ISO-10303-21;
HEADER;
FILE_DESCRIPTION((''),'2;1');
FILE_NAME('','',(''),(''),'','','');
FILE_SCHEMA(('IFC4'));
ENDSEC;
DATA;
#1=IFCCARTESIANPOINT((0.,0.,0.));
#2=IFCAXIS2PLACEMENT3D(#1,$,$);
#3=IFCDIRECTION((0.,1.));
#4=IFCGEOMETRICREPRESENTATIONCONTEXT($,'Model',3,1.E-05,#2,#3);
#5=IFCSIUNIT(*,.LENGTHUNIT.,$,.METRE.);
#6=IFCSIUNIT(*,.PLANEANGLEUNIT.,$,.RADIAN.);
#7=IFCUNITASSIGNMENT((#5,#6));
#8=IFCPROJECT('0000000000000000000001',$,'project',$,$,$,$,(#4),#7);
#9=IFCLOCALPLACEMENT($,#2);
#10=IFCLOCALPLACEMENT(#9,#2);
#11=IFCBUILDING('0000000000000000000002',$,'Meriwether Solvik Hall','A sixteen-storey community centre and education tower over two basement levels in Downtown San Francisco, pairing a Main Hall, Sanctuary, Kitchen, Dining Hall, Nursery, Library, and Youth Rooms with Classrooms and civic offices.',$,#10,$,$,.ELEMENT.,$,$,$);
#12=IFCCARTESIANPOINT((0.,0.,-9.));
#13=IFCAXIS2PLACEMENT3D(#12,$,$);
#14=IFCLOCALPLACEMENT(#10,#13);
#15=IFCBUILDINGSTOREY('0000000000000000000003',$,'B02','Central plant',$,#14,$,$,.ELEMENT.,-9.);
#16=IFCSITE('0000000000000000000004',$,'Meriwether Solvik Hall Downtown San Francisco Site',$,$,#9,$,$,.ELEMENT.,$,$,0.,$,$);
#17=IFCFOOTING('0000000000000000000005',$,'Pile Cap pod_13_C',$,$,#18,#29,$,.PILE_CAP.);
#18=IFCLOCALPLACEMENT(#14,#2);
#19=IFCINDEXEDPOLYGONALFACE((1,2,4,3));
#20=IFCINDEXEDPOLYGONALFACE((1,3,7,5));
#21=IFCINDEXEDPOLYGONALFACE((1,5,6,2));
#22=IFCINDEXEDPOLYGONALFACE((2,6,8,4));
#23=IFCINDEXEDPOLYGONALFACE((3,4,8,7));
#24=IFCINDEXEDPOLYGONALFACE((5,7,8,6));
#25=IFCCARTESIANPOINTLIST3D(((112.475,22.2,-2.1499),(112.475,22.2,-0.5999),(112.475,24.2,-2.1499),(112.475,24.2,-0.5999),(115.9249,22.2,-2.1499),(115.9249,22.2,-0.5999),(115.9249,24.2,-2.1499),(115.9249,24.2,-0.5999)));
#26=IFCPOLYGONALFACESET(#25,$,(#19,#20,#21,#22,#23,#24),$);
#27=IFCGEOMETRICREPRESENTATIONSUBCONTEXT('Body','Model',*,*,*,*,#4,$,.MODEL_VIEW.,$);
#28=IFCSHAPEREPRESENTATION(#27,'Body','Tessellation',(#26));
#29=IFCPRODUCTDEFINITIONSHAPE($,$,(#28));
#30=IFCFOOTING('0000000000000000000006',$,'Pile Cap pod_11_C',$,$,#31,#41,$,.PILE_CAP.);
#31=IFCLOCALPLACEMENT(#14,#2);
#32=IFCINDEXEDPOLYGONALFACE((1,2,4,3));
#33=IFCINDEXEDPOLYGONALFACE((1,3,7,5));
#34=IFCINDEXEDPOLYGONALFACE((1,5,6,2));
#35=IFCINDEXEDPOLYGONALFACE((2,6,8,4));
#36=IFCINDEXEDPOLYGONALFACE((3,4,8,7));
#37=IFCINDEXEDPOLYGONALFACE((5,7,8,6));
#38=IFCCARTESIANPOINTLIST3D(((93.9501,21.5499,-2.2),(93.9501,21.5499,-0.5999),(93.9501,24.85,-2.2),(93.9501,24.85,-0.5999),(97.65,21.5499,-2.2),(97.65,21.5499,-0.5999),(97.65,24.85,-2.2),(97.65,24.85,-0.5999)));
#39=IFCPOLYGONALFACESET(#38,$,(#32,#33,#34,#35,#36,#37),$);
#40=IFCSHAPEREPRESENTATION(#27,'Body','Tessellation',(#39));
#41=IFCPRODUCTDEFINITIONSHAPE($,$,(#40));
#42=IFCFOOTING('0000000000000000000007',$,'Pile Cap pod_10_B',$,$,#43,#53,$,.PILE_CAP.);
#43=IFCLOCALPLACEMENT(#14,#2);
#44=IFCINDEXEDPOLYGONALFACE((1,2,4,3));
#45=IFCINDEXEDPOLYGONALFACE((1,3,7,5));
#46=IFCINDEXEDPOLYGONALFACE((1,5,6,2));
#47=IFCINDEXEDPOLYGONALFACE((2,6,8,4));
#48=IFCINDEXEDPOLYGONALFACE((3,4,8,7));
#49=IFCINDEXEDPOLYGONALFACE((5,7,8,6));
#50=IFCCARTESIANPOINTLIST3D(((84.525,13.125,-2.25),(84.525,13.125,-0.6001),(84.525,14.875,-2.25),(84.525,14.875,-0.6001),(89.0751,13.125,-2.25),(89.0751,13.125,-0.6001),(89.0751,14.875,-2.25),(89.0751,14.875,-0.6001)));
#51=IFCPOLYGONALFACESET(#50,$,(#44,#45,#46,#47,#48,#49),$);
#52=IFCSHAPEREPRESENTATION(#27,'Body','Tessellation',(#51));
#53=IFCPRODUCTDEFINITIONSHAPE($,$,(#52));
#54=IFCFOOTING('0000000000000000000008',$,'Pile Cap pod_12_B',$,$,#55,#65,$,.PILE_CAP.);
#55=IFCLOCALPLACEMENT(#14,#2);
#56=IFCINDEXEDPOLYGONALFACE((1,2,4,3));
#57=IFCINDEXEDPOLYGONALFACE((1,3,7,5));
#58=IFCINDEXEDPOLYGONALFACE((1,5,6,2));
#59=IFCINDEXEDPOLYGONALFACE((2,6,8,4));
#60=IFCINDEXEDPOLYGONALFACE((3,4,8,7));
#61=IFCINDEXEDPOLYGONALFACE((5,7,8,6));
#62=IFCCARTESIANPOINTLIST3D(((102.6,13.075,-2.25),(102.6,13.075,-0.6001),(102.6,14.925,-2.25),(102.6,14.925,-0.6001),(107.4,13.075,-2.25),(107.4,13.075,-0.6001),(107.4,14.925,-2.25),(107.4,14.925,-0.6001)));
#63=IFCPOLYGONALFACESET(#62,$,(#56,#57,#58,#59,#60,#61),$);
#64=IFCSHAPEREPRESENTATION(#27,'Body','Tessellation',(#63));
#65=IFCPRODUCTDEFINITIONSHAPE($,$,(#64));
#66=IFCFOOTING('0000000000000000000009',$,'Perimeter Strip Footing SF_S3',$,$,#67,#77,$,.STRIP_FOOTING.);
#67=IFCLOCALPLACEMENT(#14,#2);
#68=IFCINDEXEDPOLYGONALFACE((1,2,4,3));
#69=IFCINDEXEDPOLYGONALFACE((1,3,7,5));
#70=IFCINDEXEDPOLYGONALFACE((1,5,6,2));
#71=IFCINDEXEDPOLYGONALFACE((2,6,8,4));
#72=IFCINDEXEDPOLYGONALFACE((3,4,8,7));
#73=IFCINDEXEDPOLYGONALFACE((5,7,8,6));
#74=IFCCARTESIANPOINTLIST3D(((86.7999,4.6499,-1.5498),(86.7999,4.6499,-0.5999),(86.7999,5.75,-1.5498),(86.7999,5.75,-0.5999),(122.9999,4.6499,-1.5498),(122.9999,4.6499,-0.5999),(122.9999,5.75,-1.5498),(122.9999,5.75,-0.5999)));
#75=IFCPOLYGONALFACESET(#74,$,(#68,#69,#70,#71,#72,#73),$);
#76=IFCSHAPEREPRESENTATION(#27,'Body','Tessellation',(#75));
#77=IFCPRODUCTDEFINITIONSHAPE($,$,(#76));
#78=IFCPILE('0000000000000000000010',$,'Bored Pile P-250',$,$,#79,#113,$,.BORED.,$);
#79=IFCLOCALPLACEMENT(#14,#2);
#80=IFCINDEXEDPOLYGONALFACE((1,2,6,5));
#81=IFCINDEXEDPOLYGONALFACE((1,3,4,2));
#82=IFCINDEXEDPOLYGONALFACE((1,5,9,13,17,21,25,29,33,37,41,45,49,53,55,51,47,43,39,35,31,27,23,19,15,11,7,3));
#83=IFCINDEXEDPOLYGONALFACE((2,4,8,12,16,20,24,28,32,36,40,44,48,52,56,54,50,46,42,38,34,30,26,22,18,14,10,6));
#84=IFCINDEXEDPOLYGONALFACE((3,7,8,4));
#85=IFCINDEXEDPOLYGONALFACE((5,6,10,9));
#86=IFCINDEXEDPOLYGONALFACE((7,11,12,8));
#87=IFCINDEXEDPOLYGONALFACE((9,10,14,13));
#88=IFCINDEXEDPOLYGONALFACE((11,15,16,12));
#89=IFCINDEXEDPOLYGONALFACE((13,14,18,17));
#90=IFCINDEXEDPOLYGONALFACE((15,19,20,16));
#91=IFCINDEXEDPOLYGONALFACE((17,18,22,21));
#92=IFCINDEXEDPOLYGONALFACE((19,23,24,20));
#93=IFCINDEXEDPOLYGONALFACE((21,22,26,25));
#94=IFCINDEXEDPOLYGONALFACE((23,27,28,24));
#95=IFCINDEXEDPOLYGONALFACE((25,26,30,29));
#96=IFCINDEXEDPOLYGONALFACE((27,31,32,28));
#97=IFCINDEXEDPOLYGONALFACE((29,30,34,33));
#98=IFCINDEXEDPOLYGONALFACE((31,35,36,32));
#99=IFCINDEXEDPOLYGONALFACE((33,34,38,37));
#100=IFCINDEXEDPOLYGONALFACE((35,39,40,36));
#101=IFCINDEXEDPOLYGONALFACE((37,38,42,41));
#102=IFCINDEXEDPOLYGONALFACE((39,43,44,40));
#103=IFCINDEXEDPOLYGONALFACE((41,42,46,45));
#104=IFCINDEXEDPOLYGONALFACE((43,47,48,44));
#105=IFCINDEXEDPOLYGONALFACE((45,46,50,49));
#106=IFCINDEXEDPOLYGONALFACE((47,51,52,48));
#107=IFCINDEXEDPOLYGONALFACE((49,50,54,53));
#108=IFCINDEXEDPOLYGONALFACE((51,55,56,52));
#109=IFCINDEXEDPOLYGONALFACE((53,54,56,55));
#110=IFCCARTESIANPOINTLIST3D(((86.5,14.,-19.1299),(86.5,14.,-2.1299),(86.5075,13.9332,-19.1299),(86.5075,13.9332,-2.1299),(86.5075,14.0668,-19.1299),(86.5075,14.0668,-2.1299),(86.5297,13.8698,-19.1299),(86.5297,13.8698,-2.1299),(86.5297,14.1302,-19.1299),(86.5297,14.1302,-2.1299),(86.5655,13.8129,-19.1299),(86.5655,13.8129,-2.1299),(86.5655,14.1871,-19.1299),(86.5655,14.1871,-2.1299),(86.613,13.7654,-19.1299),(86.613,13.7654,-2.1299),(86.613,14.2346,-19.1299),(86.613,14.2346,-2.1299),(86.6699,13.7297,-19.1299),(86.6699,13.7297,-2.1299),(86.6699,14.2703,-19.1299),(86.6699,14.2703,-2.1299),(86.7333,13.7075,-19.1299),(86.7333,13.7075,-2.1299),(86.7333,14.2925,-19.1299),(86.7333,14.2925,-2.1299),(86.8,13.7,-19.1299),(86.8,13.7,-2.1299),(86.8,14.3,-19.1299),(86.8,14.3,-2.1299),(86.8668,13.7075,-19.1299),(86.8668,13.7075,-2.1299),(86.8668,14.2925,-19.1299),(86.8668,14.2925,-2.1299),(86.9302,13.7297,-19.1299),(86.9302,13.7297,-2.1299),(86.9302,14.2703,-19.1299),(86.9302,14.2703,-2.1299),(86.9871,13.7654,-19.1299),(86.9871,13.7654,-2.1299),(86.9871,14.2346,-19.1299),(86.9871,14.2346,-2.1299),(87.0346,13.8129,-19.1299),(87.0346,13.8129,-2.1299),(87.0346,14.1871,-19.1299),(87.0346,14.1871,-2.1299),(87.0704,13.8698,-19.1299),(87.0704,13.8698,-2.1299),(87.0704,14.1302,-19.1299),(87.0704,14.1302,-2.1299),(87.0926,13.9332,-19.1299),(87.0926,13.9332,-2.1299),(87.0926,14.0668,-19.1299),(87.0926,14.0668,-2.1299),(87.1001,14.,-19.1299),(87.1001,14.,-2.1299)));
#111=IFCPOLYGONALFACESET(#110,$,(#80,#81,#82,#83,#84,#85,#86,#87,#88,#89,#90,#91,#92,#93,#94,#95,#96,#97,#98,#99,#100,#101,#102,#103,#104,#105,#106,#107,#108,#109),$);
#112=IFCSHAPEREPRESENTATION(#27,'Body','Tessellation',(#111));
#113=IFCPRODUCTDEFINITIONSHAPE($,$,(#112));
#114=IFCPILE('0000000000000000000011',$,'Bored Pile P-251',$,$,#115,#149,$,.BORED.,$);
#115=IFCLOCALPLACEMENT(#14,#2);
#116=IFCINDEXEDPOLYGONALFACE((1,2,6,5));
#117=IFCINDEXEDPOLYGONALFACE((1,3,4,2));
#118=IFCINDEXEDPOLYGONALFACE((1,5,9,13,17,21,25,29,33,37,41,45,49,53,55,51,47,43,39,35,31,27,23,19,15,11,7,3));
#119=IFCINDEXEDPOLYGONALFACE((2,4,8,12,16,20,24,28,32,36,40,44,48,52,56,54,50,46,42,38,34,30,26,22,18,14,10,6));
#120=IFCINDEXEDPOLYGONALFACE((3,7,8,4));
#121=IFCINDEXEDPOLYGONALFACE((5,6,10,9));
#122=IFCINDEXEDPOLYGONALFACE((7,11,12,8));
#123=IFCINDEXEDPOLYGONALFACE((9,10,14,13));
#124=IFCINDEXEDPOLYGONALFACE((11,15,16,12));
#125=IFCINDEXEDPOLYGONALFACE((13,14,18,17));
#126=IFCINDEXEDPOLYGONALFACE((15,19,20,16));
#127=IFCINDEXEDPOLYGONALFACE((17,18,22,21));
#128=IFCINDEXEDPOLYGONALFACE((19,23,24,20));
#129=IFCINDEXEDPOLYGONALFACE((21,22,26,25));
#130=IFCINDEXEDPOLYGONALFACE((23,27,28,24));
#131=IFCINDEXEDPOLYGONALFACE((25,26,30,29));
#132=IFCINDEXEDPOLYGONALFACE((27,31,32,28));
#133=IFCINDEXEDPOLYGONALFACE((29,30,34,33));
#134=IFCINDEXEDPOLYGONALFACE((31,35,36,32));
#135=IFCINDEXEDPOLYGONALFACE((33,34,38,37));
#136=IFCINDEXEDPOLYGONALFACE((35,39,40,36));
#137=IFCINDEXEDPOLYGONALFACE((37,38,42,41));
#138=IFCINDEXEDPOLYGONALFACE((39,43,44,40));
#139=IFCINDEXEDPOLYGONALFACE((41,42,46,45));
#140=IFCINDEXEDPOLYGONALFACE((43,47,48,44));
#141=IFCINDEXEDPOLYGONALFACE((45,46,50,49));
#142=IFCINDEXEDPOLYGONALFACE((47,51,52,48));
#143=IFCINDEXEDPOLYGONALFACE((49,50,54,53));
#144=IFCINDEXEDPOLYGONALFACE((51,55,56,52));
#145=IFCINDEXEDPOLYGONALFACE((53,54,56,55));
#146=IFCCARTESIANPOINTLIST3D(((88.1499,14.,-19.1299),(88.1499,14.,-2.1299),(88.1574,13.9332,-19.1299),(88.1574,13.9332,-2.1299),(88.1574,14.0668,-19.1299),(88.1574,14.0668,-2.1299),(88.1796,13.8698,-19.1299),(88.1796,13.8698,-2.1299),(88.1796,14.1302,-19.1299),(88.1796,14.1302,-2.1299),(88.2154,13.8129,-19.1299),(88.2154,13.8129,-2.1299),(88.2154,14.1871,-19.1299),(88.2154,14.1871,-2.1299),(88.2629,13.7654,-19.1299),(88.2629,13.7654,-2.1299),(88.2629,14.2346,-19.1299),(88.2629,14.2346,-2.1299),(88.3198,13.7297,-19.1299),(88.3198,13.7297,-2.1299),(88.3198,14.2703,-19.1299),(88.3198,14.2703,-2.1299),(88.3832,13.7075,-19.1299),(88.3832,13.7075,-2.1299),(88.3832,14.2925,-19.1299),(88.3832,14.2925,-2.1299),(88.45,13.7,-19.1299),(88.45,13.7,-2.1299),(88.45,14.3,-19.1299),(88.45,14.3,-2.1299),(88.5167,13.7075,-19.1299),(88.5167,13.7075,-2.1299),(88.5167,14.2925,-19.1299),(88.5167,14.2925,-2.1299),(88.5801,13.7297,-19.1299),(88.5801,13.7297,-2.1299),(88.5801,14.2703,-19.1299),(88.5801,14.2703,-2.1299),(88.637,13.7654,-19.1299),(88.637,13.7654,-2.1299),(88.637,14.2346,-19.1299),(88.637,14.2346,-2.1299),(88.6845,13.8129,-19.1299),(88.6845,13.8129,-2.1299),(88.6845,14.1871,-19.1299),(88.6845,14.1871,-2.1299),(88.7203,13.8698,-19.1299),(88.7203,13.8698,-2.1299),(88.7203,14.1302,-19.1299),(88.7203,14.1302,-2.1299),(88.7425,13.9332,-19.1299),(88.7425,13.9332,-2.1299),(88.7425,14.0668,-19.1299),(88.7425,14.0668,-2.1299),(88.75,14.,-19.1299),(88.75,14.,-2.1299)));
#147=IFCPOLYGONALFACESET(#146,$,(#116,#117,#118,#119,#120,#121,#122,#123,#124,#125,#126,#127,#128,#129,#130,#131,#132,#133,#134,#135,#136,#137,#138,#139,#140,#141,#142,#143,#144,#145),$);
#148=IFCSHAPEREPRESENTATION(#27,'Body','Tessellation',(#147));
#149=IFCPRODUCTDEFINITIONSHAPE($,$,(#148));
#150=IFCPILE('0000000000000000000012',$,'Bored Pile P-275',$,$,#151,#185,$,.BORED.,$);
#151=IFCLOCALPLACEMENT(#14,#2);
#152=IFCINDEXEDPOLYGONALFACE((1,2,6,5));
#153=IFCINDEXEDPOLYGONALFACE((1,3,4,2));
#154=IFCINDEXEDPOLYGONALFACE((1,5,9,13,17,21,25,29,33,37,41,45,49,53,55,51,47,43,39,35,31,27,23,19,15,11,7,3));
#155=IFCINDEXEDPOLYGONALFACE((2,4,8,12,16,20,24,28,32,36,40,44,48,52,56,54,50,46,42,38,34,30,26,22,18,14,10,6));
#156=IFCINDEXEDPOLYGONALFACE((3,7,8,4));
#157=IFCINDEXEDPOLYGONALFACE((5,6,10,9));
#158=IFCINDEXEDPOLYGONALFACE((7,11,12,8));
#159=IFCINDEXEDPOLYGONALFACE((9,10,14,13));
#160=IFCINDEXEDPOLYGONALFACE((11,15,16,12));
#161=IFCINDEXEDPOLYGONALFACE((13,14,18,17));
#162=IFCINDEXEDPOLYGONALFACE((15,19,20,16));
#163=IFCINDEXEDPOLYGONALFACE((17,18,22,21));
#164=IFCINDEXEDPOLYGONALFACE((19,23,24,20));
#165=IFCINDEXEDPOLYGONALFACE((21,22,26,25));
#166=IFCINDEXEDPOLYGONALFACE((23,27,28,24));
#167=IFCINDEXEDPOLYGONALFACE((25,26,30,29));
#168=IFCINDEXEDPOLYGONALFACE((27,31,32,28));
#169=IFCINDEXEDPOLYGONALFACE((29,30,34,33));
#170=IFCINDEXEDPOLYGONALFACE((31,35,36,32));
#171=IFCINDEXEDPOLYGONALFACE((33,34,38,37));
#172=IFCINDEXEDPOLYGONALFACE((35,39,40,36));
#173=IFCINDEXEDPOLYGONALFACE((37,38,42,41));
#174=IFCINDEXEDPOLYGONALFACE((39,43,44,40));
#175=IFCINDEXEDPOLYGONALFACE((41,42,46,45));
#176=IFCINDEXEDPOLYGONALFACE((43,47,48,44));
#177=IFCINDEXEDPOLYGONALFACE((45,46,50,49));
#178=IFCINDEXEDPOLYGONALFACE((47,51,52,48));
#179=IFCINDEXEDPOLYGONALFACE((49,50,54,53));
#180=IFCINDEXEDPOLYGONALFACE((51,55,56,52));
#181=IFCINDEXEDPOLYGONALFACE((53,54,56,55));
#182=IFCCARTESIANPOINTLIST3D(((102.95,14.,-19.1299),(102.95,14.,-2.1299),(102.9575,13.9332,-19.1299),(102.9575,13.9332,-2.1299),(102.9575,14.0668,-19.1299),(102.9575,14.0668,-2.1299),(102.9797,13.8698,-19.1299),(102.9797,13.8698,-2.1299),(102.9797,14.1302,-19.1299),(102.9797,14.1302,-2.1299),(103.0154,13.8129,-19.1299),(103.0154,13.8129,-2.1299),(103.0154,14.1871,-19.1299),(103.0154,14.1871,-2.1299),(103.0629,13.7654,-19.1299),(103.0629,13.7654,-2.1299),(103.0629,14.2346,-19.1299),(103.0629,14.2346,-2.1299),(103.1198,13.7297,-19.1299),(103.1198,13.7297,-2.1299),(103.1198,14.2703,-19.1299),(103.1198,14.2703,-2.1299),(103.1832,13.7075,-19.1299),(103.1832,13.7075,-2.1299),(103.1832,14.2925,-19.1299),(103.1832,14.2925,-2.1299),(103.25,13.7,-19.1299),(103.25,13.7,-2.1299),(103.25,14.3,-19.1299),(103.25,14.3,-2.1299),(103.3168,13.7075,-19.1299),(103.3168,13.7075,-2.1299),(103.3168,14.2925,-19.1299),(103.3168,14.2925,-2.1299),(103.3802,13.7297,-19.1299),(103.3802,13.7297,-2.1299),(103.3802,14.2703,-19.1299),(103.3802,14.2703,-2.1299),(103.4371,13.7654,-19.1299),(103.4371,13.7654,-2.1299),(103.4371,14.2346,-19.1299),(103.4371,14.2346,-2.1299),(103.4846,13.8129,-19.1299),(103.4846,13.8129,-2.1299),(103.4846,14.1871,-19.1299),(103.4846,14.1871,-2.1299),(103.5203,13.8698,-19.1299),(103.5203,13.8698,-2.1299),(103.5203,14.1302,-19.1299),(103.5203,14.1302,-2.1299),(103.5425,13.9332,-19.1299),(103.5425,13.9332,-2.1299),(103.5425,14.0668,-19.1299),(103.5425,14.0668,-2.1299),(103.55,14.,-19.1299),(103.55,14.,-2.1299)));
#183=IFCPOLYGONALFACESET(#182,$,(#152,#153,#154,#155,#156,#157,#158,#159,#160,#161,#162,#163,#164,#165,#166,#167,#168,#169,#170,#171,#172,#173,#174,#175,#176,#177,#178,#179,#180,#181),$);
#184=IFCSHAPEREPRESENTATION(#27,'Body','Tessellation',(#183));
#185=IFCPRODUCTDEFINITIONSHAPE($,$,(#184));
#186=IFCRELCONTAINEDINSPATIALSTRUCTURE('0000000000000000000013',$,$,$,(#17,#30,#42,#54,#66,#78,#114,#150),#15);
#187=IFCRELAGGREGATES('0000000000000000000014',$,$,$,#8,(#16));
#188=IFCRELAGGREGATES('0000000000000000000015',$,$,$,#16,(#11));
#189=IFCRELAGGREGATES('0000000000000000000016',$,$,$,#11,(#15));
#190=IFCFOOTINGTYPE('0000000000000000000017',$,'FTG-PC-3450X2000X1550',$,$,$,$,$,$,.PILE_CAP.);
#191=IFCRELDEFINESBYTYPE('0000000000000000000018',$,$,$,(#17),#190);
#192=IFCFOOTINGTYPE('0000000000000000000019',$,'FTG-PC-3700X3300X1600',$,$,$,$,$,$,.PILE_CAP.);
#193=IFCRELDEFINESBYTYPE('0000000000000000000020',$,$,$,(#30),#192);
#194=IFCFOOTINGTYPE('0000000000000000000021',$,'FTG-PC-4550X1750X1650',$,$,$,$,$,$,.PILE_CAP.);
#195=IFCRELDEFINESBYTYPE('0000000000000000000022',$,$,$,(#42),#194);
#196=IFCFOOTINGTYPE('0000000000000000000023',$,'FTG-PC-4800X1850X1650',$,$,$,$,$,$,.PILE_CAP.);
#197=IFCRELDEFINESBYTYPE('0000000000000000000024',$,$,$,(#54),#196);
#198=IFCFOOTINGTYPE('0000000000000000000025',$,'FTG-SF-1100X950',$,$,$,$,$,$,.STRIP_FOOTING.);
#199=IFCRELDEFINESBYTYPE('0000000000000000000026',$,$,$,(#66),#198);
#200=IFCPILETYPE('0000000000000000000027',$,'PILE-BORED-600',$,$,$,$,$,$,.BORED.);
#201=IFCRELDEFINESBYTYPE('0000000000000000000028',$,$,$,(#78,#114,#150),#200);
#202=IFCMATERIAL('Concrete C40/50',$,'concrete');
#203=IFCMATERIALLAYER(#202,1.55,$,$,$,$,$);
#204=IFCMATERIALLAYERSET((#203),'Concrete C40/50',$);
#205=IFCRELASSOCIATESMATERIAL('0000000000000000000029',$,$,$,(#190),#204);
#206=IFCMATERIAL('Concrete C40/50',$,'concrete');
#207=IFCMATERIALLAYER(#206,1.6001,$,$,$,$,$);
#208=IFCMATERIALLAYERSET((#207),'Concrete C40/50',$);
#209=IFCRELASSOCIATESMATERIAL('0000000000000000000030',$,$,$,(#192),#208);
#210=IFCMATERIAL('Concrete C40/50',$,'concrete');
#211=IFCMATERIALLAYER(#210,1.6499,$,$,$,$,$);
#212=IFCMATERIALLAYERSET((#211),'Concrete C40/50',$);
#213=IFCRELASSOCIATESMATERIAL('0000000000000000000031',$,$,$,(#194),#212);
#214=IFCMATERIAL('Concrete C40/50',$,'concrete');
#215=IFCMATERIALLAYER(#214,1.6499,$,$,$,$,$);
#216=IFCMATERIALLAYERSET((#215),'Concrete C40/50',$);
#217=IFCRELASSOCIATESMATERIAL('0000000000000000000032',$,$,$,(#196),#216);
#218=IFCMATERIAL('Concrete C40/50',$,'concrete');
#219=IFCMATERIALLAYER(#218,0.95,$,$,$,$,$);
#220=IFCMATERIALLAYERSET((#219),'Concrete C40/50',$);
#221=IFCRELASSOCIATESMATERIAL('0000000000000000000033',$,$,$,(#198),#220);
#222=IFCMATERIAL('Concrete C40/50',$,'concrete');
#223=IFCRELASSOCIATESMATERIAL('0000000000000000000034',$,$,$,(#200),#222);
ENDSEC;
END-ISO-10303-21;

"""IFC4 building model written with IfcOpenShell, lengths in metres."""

from ifc_helpers import new_model, si_unit, direction, frame, origin, origin_2d, place, context, subcontext, project, spatial, rectangle, circle, extrude, material, layer, layer_set, material_profile, profile_set, type_object, element, save


model = new_model("IFC4")

# Units and contexts
model_context = context("Model", 3, precision=1e-05, world=origin(), true_north=direction((0.0, 1.0)))
body_context = subcontext(model_context, "Body", "Model", "MODEL_VIEW")
ifc_project = project(units=[si_unit("LENGTHUNIT", "METRE"), si_unit("PLANEANGLEUNIT", "RADIAN")], contexts=[model_context])

# Site, building, storey
site_placement = place(None, origin())
site = spatial("IfcSite", under=ifc_project, at=site_placement, Name="Meriwether Solvik Hall Downtown San Francisco Site", CompositionType="ELEMENT", RefElevation=0.0)
building_placement = place(site_placement, origin())
building = spatial("IfcBuilding", under=site, at=building_placement, Name="Meriwether Solvik Hall", Description="A sixteen-storey community centre and education tower over two basement levels in Downtown San Francisco, pairing a Main Hall, Sanctuary, Kitchen, Dining Hall, Nursery, Library, and Youth Rooms with Classrooms and civic offices.", CompositionType="ELEMENT")
storey_placement = place(building_placement, frame((0.0, 0.0, -9.0)))
storey = spatial("IfcBuildingStorey", under=building, at=storey_placement, Name="B02", Description="Central plant", CompositionType="ELEMENT", Elevation=-9.0)

# Footings
ifc_material_1 = material(Name="Concrete C40/50", Category="concrete")
ifc_layer_1 = layer(ifc_material_1, 1.55)
ifc_layer_set_1 = layer_set([ifc_layer_1], Name="Concrete C40/50")
footing_type_1 = type_object("IfcFootingType", Name="FTG-PC-3450X2000X1550", PredefinedType="PILE_CAP", material=ifc_layer_set_1)
footing_1_placement = place(storey_placement, frame((114.2, 23.2, -2.1499), z_axis=(0.0, 0.0, 1.0), x_axis=(1.0, 0.0, 0.0)))
element("IfcFooting", 1, at=footing_1_placement, inside=storey, type_object=footing_type_1, Name="Pile Cap pod_13_C", PredefinedType="PILE_CAP", context=body_context, shape_type="SweptSolid", body=[
    extrude(rectangle(XDim=3.45, YDim=2.0, at=origin_2d()), origin(), (0.0, 0.0, 1.0), 1.55),
])
ifc_material_2 = material(Name="Concrete C40/50", Category="concrete")
ifc_layer_2 = layer(ifc_material_2, 1.6001)
ifc_layer_set_2 = layer_set([ifc_layer_2], Name="Concrete C40/50")
footing_type_2 = type_object("IfcFootingType", Name="FTG-PC-3700X3300X1600", PredefinedType="PILE_CAP", material=ifc_layer_set_2)
footing_2_placement = place(storey_placement, frame((95.8, 23.2, -2.2), z_axis=(0.0, 0.0, 1.0), x_axis=(1.0, 0.0, 0.0)))
element("IfcFooting", 2, at=footing_2_placement, inside=storey, type_object=footing_type_2, Name="Pile Cap pod_11_C", PredefinedType="PILE_CAP", context=body_context, shape_type="SweptSolid", body=[
    extrude(rectangle(XDim=3.7, YDim=3.3, at=origin_2d()), origin(), (0.0, 0.0, 1.0), 1.6001),
])
ifc_material_3 = material(Name="Concrete C40/50", Category="concrete")
ifc_layer_3 = layer(ifc_material_3, 1.6499)
ifc_layer_set_3 = layer_set([ifc_layer_3], Name="Concrete C40/50")
footing_type_3 = type_object("IfcFootingType", Name="FTG-PC-4550X1750X1650", PredefinedType="PILE_CAP", material=ifc_layer_set_3)
footing_3_placement = place(storey_placement, frame((86.8, 14.0, -2.25), z_axis=(0.0, 0.0, 1.0), x_axis=(1.0, 0.0, 0.0)))
element("IfcFooting", 3, at=footing_3_placement, inside=storey, type_object=footing_type_3, Name="Pile Cap pod_10_B", PredefinedType="PILE_CAP", context=body_context, shape_type="SweptSolid", body=[
    extrude(rectangle(XDim=4.55, YDim=1.75, at=origin_2d()), origin(), (0.0, 0.0, 1.0), 1.6499),
])
ifc_material_4 = material(Name="Concrete C40/50", Category="concrete")
ifc_layer_4 = layer(ifc_material_4, 1.6499)
ifc_layer_set_4 = layer_set([ifc_layer_4], Name="Concrete C40/50")
footing_type_4 = type_object("IfcFootingType", Name="FTG-PC-4800X1850X1650", PredefinedType="PILE_CAP", material=ifc_layer_set_4)
footing_4_placement = place(storey_placement, frame((105.0, 14.0, -2.25), z_axis=(0.0, 0.0, 1.0), x_axis=(1.0, 0.0, 0.0)))
element("IfcFooting", 4, at=footing_4_placement, inside=storey, type_object=footing_type_4, Name="Pile Cap pod_12_B", PredefinedType="PILE_CAP", context=body_context, shape_type="SweptSolid", body=[
    extrude(rectangle(XDim=4.8, YDim=1.8501, at=origin_2d()), origin(), (0.0, 0.0, 1.0), 1.6499),
])
ifc_material_5 = material(Name="Concrete C40/50", Category="concrete")
ifc_layer_5 = layer(ifc_material_5, 0.95)
ifc_layer_set_5 = layer_set([ifc_layer_5], Name="Concrete C40/50")
footing_type_5 = type_object("IfcFootingType", Name="FTG-SF-1100X950", PredefinedType="STRIP_FOOTING", material=ifc_layer_set_5)
footing_5_placement = place(storey_placement, frame((104.8999, 5.2, -1.5498), z_axis=(0.0, 0.0, 1.0), x_axis=(1.0, 0.0, 0.0)))
element("IfcFooting", 5, at=footing_5_placement, inside=storey, type_object=footing_type_5, Name="Perimeter Strip Footing SF_S3", PredefinedType="STRIP_FOOTING", context=body_context, shape_type="SweptSolid", body=[
    extrude(rectangle(XDim=36.2, YDim=1.1001, at=origin_2d()), origin(), (0.0, 0.0, 1.0), 0.95),
])

# Piles
ifc_material_6 = material(Name="Concrete C40/50", Category="concrete")
ifc_material_profile_1 = material_profile(ifc_material_6, circle(Radius=0.3, at=origin_2d()), Name="PILE-D600")
ifc_profile_set_1 = profile_set([ifc_material_profile_1], Name="Concrete C40/50")
pile_type_1 = type_object("IfcPileType", Name="PILE-BORED-600", PredefinedType="BORED", material=ifc_profile_set_1)
for number, where, z_axis, x_axis, name in (
    (6, (86.8, 14.0, -2.1299), (0.0, 0.0, -1.0), (1.0, 0.0, 0.0), "Bored Pile P-250"),
    (7, (88.45, 14.0, -2.1299), (0.0, 0.0, -1.0), (1.0, 0.0, 0.0), "Bored Pile P-251"),
    (8, (103.25, 14.0, -2.1299), (0.0, 0.0, -1.0), (1.0, 0.0, 0.0), "Bored Pile P-275"),
):
    element("IfcPile", number, at=place(storey_placement, frame(where, z_axis=z_axis, x_axis=x_axis)), inside=storey, type_object=pile_type_1, Name=name, PredefinedType="BORED", context=body_context, shape_type="SweptSolid", body=[
        extrude(circle(Radius=0.3, at=origin_2d()), origin(), (0.0, 0.0, 1.0), 17.0),
    ])

save(model, "model.ifc")
